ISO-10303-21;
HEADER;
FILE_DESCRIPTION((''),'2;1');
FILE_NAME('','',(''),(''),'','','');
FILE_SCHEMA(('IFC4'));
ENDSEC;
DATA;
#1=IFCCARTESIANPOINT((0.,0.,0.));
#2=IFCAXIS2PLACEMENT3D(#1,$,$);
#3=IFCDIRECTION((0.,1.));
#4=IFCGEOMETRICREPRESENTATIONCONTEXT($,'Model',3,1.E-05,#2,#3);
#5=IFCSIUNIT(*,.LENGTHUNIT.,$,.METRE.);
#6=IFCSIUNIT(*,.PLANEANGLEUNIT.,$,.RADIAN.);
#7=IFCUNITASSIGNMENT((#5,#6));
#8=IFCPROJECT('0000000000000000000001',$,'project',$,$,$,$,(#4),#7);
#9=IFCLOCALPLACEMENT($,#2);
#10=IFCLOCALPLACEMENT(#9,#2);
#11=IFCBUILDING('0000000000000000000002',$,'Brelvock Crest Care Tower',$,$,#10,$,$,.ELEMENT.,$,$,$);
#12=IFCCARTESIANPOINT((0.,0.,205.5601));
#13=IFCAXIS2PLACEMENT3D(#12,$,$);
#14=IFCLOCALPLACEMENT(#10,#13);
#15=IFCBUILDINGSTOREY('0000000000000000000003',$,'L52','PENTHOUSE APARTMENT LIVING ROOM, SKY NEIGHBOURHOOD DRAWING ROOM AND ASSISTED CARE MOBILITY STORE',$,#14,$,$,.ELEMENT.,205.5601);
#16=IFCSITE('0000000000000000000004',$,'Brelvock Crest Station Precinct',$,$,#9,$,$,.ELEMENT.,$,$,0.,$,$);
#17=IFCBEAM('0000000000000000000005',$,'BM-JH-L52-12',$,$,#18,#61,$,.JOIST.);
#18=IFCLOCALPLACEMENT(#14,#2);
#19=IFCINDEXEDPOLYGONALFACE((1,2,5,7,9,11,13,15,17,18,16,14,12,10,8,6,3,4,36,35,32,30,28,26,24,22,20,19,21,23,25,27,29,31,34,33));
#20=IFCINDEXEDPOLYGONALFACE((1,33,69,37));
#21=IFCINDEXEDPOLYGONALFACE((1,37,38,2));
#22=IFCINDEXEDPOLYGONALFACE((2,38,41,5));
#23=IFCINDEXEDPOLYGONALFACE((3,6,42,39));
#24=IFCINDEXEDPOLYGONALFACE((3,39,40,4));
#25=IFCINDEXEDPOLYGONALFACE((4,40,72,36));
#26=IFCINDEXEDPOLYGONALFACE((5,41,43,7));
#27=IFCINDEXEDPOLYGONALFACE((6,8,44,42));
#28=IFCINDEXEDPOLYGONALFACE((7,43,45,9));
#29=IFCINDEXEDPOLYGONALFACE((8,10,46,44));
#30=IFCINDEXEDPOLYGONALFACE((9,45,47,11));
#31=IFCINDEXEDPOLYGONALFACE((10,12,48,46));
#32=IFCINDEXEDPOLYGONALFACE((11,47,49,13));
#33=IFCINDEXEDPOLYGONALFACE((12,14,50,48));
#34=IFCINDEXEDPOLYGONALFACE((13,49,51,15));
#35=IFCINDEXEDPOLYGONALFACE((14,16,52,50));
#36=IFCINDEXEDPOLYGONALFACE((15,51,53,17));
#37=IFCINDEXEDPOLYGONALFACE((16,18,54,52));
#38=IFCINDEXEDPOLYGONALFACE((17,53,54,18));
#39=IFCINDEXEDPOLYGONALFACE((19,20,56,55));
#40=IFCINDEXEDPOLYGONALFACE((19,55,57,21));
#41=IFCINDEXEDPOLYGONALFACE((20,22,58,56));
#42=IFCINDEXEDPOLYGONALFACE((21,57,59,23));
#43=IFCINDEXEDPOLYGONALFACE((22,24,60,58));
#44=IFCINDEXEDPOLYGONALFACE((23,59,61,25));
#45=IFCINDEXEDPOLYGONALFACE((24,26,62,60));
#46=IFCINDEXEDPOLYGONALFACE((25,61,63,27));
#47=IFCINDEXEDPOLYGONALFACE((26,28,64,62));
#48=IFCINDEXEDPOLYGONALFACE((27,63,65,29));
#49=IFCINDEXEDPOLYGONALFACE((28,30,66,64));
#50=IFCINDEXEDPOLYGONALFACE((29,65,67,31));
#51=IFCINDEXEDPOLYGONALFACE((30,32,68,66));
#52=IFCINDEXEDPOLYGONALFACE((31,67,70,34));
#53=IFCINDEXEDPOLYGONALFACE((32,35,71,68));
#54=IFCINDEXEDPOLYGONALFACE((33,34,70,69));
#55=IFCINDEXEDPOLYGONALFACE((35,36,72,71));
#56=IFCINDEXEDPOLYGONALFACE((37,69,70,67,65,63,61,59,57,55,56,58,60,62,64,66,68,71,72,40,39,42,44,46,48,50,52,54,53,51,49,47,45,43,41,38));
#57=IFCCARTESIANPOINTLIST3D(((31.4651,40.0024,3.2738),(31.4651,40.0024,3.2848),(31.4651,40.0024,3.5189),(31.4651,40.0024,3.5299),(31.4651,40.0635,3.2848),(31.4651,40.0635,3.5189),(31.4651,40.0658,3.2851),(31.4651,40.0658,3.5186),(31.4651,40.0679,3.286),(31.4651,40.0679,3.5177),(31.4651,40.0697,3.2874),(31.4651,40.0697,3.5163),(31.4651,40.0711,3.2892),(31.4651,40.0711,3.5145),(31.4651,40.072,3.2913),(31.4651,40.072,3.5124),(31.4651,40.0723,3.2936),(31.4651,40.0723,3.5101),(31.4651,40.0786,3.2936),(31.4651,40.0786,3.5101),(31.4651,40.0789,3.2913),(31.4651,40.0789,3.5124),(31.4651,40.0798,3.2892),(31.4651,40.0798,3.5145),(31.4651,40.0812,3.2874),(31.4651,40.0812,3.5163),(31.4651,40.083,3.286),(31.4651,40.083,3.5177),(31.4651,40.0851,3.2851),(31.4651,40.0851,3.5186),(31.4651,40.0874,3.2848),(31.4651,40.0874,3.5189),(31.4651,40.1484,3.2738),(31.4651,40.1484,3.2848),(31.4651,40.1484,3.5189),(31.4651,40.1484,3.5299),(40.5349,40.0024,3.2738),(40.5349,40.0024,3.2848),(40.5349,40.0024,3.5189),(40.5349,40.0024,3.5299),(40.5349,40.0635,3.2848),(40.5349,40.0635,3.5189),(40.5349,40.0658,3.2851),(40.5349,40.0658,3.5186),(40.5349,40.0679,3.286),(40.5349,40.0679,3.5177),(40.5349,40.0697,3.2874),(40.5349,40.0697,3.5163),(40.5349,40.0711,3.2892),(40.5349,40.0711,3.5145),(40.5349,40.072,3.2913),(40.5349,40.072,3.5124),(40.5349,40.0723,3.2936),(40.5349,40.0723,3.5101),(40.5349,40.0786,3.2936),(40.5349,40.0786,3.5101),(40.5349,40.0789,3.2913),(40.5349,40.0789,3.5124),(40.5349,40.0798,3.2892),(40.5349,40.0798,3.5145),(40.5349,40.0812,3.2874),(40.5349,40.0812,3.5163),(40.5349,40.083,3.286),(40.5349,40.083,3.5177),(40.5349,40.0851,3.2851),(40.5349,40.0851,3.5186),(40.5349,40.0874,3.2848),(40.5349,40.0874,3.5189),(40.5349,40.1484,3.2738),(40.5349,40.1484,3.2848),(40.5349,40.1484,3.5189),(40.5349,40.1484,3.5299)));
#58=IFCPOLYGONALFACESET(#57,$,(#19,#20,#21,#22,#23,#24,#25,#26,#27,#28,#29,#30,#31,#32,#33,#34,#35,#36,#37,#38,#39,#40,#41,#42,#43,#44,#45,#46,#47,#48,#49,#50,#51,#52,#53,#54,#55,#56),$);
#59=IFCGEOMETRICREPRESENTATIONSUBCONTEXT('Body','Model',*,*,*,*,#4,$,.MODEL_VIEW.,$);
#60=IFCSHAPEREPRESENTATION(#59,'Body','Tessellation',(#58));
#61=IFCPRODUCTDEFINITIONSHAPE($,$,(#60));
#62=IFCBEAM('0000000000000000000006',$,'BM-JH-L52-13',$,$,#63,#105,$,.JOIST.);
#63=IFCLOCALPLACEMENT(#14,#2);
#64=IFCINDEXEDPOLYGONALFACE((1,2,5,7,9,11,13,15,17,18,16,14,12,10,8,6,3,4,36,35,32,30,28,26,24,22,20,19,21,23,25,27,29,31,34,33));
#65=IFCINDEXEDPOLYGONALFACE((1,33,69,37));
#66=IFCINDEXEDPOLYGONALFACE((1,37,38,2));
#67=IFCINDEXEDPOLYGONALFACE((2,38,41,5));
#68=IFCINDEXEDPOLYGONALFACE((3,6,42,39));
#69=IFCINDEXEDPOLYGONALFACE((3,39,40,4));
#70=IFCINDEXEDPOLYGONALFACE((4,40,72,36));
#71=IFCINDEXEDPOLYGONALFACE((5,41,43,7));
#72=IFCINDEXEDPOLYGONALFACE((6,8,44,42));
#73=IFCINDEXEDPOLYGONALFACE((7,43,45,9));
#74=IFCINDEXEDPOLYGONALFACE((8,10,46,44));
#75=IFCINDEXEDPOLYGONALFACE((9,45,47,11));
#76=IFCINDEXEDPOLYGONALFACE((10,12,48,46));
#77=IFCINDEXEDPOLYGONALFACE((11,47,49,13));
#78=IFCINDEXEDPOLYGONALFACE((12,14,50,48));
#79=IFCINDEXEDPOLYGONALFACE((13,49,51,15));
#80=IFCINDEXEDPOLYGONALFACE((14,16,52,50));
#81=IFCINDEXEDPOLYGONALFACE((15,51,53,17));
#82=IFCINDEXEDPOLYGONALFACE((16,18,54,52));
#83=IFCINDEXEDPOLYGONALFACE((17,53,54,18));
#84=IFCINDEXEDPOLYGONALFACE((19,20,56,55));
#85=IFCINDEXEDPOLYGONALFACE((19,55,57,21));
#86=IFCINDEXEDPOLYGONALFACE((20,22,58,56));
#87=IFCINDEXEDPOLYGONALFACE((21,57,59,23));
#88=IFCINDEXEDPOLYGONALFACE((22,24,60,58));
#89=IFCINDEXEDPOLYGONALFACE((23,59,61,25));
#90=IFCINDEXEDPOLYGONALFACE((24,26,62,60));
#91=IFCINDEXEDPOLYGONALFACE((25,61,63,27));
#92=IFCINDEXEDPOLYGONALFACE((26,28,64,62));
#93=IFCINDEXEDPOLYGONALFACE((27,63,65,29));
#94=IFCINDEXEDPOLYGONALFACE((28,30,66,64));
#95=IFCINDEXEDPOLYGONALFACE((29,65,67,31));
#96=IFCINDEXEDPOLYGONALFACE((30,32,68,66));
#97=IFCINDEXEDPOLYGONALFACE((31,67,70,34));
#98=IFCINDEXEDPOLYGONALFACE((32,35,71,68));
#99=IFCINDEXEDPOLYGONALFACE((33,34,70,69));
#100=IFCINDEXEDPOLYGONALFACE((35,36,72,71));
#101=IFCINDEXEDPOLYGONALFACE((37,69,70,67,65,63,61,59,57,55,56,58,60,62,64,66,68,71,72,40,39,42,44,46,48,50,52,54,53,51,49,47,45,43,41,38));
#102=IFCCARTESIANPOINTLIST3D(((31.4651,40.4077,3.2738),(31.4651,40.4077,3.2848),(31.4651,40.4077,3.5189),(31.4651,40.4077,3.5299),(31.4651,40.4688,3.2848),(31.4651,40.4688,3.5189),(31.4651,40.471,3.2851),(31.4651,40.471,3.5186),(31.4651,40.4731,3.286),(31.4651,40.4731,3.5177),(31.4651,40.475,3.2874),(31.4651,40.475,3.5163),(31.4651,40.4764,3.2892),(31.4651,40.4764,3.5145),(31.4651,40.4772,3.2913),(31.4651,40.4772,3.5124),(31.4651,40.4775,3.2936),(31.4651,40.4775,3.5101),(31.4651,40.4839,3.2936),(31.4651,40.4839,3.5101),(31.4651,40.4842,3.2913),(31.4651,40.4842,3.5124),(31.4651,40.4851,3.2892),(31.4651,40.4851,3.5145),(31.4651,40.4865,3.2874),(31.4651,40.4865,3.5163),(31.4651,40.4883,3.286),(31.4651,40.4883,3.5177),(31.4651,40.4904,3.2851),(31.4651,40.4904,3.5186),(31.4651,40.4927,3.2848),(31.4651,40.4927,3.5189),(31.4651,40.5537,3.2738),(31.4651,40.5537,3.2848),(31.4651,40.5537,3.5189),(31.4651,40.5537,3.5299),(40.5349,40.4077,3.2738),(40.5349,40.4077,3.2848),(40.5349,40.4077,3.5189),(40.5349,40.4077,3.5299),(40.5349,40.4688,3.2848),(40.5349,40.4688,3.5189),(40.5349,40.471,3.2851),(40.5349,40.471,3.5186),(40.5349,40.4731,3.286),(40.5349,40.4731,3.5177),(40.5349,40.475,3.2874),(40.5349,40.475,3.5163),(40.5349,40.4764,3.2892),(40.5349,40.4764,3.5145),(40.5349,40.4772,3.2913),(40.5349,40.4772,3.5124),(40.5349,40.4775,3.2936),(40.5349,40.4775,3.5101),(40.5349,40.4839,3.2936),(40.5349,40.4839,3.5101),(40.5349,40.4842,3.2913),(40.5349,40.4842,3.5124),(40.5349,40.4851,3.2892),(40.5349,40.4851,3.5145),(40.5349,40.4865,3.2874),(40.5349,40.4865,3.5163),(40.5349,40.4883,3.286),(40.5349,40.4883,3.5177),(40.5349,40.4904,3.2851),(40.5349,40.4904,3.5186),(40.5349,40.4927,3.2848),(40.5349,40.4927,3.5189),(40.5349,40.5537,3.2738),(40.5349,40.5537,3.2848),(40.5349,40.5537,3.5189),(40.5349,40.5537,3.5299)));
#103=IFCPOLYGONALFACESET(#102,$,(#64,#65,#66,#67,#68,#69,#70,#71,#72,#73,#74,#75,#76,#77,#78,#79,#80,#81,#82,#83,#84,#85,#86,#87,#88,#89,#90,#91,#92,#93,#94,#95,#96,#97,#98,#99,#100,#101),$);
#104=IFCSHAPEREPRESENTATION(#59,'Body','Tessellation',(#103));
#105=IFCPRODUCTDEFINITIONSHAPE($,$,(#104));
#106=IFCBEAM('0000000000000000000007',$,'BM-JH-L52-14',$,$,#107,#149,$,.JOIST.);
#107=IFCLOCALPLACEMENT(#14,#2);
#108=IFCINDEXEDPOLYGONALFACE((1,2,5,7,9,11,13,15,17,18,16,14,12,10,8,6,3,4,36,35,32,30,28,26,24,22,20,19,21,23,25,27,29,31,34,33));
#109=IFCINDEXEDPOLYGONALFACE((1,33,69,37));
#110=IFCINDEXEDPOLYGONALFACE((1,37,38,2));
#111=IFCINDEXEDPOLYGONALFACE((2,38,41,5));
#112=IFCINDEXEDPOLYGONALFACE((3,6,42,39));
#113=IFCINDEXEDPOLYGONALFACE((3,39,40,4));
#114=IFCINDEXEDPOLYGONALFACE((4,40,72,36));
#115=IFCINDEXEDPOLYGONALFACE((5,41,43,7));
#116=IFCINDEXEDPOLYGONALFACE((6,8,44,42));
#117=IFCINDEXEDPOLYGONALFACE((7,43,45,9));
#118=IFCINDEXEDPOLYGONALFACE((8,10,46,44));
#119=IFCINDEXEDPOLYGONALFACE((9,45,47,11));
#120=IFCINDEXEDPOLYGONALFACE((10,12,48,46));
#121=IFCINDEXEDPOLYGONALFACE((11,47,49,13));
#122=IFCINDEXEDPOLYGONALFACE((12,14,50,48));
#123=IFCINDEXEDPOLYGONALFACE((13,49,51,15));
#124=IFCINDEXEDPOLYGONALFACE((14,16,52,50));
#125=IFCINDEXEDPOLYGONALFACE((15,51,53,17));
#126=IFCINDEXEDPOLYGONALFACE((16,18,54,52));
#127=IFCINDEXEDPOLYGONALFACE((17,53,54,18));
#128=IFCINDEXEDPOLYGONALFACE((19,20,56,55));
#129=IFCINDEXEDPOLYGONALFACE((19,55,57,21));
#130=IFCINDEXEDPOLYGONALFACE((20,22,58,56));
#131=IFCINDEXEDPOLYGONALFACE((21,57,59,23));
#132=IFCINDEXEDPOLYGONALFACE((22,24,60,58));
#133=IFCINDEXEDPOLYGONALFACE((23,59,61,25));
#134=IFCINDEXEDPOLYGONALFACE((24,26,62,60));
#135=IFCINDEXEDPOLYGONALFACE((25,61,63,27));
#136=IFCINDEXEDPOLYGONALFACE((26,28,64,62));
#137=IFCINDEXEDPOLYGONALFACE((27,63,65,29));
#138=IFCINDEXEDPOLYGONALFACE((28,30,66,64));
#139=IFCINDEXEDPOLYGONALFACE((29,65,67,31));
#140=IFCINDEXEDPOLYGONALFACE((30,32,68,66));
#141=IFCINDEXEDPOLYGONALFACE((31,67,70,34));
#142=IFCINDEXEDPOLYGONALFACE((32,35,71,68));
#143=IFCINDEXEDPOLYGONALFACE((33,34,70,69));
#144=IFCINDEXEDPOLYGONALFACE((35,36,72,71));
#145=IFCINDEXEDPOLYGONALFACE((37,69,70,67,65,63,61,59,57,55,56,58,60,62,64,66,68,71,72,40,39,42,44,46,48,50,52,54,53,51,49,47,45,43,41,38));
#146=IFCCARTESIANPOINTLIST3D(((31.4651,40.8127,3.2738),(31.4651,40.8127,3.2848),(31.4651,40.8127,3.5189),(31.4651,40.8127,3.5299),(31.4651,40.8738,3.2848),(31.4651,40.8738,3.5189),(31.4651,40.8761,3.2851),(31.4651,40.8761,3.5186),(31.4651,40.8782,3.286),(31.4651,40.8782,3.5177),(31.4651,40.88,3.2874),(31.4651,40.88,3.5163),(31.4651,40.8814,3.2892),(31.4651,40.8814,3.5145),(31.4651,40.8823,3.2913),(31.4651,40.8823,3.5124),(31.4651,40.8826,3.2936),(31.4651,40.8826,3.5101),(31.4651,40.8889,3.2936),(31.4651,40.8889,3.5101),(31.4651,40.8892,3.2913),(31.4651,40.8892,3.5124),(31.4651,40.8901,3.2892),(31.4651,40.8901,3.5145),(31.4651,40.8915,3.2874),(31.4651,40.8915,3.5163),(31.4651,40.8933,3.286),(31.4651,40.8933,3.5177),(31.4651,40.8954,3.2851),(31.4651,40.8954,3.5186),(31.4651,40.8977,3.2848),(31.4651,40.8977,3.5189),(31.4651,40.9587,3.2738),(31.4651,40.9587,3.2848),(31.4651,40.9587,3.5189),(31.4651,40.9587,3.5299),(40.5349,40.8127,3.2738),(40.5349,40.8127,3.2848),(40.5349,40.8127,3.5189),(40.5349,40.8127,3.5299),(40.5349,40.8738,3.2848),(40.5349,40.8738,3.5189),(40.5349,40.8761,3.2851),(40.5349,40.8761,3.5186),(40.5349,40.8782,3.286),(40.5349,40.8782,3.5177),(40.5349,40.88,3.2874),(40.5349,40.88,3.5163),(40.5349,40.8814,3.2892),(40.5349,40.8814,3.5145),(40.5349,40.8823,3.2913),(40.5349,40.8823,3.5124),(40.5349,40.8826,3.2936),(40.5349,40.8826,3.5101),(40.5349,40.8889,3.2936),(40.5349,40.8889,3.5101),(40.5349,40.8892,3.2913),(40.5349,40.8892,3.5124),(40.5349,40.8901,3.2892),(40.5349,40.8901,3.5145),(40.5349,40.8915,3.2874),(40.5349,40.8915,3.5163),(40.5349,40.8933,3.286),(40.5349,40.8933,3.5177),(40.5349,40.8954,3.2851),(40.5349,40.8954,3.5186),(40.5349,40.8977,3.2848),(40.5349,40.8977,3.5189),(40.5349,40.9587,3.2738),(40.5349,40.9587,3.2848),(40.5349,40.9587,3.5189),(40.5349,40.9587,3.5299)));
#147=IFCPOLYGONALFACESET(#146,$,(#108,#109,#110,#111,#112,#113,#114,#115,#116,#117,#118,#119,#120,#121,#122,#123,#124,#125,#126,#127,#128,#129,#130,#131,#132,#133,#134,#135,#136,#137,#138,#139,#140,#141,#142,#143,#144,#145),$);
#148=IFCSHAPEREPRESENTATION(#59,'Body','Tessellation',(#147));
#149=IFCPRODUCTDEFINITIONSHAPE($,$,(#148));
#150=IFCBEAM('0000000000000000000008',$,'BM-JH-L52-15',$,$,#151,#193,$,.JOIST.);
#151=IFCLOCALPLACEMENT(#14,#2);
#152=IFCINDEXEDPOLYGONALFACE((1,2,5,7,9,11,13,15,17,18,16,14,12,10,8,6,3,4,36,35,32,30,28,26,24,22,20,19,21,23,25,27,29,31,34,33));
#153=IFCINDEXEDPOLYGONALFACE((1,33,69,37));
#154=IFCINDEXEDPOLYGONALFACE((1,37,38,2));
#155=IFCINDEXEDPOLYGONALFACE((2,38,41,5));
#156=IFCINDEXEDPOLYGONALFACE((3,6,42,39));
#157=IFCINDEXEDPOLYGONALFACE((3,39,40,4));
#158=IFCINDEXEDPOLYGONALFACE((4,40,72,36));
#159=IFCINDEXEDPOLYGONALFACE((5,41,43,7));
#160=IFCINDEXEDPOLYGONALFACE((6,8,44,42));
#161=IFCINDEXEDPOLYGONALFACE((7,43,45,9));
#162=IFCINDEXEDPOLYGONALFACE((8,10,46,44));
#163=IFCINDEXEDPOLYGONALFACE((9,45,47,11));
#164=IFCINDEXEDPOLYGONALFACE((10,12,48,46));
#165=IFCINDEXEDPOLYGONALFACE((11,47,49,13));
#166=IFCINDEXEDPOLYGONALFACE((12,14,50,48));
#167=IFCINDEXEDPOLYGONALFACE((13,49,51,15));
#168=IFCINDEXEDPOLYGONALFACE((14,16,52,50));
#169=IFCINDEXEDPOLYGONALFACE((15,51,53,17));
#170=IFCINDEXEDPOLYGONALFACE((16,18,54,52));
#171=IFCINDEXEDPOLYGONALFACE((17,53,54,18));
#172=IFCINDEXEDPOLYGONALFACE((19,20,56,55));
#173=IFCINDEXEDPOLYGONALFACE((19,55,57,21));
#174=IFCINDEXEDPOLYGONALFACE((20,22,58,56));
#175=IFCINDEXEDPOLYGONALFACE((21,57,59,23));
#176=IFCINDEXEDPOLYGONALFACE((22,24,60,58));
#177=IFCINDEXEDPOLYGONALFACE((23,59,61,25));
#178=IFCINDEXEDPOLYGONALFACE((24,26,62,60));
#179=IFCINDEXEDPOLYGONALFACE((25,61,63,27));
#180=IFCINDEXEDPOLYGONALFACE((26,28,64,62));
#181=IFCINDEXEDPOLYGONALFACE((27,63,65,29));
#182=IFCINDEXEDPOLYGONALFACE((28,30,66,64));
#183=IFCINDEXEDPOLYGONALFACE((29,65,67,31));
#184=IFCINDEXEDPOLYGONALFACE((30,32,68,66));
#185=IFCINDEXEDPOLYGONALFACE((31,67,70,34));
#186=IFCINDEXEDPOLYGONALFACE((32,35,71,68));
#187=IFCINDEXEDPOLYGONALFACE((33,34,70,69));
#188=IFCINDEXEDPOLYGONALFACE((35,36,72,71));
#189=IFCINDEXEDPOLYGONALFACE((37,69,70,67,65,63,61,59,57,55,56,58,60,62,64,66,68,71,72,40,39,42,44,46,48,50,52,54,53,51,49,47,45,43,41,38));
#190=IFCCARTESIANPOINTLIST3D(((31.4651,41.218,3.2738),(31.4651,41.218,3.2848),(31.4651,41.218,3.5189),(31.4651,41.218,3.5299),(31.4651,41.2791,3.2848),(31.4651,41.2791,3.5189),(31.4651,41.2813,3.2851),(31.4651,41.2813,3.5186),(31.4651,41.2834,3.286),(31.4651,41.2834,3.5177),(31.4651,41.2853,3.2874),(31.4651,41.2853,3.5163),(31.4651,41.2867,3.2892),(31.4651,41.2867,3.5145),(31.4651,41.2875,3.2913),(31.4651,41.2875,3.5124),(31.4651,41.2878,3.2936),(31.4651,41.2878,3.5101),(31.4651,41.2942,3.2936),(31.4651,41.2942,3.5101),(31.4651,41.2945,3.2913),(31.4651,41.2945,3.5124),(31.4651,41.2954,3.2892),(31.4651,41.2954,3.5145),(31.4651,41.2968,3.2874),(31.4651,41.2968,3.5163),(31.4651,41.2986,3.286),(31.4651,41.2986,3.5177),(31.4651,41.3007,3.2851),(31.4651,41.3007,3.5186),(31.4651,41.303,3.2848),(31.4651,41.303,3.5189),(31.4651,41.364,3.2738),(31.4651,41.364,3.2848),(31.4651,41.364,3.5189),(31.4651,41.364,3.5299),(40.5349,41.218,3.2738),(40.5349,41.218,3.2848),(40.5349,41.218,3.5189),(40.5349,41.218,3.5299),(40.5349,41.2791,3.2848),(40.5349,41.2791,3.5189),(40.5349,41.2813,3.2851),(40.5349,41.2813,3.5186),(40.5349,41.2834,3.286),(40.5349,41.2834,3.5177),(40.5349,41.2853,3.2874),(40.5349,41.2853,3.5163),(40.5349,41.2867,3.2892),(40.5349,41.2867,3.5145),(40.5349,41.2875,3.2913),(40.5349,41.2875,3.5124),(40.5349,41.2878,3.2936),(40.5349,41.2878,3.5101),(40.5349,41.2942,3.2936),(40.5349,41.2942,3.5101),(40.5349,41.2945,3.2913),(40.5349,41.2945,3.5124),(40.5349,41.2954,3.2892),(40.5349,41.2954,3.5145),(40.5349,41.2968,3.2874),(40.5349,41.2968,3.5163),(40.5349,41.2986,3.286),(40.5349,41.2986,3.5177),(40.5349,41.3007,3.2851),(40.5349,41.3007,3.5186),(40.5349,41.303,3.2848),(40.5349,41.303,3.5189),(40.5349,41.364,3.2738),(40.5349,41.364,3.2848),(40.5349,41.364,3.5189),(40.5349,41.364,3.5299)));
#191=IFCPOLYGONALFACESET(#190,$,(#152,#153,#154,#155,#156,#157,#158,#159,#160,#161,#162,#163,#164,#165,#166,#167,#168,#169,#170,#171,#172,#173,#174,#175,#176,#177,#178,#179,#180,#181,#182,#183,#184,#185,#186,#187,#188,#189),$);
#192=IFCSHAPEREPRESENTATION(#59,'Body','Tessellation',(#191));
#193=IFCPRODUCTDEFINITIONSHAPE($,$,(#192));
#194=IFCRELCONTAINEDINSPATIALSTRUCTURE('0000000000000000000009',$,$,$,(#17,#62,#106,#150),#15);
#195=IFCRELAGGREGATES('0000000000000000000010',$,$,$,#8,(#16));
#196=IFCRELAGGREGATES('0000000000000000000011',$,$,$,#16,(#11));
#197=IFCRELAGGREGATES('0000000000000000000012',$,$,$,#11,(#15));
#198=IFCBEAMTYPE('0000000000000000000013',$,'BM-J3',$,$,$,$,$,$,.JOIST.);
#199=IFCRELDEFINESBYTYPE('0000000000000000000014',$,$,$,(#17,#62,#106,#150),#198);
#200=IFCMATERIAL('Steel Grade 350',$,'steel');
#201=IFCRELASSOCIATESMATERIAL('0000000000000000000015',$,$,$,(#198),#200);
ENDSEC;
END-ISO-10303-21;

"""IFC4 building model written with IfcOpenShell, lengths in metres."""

from ifc_helpers import new_model, si_unit, direction, frame, origin, origin_2d, place, context, subcontext, project, spatial, i_section, extrude, source, transform, mapped, material, material_profile, profile_set, type_object, element, save


model = new_model("IFC4")

# Units and contexts
model_context = context("Model", 3, precision=1e-05, world=origin(), true_north=direction((0.0, 1.0)))
body_context = subcontext(model_context, "Body", "Model", "MODEL_VIEW")
ifc_project = project(units=[si_unit("LENGTHUNIT", "METRE"), si_unit("PLANEANGLEUNIT", "RADIAN")], contexts=[model_context])

# Site, building, storey
site_placement = place(None, origin())
site = spatial("IfcSite", under=ifc_project, at=site_placement, Name="Brelvock Crest Station Precinct", CompositionType="ELEMENT", RefElevation=0.0)
building_placement = place(site_placement, origin())
building = spatial("IfcBuilding", under=site, at=building_placement, Name="Brelvock Crest Care Tower", CompositionType="ELEMENT")
storey_placement = place(building_placement, frame((0.0, 0.0, 205.5601)))
storey = spatial("IfcBuildingStorey", under=building, at=storey_placement, Name="L52", Description="PENTHOUSE APARTMENT LIVING ROOM, SKY NEIGHBOURHOOD DRAWING ROOM AND ASSISTED CARE MOBILITY STORE", CompositionType="ELEMENT", Elevation=205.5601)

# Beams
ifc_material_1 = material(Name="Steel Grade 350", Category="steel")
ifc_material_profile_1 = material_profile(ifc_material_1, i_section(OverallWidth=0.146, OverallDepth=0.2561, WebThickness=0.0063, FlangeThickness=0.011, FilletRadius=0.0088, at=origin_2d()), Name="250UB37.3")
ifc_profile_set_1 = profile_set([ifc_material_profile_1], Name="Steel Grade 350")
beam_type_1 = type_object("IfcBeamType", Name="BM-J3", PredefinedType="JOIST", material=ifc_profile_set_1)
shared_shape_1 = source(origin(), body_context, "Body", "SweptSolid", [
    extrude(i_section(OverallWidth=0.146, OverallDepth=0.2561, WebThickness=0.0063, FlangeThickness=0.011, FilletRadius=0.0088, at=origin_2d()), origin(), (0.0, 0.0, 1.0), 9.0698),
])
for number, where, z_axis, x_axis, name in (
    (1, (31.4651, 40.0754, 3.4019), (1.0, 0.0, 0.0), (0.0, 1.0, 0.0), "BM-JH-L52-12"),
    (2, (31.4651, 40.4807, 3.4019), (1.0, 0.0, 0.0), (0.0, 1.0, 0.0), "BM-JH-L52-13"),
    (3, (31.4651, 40.8857, 3.4019), (1.0, 0.0, 0.0), (0.0, 1.0, 0.0), "BM-JH-L52-14"),
    (4, (31.4651, 41.291, 3.4019), (1.0, 0.0, 0.0), (0.0, 1.0, 0.0), "BM-JH-L52-15"),
):
    element("IfcBeam", number, at=place(storey_placement, frame(where, z_axis=z_axis, x_axis=x_axis)), inside=storey, type_object=beam_type_1, Name=name, PredefinedType="JOIST", context=body_context, shape_type="MappedRepresentation", body=[
        mapped(shared_shape_1, transform((0.0, 0.0, 0.0), x_axis=(1.0, 0.0, 0.0), y_axis=(0.0, 1.0, 0.0), z_axis=(0.0, 0.0, 1.0), scale=1.0)),
    ])

save(model, "model.ifc")
